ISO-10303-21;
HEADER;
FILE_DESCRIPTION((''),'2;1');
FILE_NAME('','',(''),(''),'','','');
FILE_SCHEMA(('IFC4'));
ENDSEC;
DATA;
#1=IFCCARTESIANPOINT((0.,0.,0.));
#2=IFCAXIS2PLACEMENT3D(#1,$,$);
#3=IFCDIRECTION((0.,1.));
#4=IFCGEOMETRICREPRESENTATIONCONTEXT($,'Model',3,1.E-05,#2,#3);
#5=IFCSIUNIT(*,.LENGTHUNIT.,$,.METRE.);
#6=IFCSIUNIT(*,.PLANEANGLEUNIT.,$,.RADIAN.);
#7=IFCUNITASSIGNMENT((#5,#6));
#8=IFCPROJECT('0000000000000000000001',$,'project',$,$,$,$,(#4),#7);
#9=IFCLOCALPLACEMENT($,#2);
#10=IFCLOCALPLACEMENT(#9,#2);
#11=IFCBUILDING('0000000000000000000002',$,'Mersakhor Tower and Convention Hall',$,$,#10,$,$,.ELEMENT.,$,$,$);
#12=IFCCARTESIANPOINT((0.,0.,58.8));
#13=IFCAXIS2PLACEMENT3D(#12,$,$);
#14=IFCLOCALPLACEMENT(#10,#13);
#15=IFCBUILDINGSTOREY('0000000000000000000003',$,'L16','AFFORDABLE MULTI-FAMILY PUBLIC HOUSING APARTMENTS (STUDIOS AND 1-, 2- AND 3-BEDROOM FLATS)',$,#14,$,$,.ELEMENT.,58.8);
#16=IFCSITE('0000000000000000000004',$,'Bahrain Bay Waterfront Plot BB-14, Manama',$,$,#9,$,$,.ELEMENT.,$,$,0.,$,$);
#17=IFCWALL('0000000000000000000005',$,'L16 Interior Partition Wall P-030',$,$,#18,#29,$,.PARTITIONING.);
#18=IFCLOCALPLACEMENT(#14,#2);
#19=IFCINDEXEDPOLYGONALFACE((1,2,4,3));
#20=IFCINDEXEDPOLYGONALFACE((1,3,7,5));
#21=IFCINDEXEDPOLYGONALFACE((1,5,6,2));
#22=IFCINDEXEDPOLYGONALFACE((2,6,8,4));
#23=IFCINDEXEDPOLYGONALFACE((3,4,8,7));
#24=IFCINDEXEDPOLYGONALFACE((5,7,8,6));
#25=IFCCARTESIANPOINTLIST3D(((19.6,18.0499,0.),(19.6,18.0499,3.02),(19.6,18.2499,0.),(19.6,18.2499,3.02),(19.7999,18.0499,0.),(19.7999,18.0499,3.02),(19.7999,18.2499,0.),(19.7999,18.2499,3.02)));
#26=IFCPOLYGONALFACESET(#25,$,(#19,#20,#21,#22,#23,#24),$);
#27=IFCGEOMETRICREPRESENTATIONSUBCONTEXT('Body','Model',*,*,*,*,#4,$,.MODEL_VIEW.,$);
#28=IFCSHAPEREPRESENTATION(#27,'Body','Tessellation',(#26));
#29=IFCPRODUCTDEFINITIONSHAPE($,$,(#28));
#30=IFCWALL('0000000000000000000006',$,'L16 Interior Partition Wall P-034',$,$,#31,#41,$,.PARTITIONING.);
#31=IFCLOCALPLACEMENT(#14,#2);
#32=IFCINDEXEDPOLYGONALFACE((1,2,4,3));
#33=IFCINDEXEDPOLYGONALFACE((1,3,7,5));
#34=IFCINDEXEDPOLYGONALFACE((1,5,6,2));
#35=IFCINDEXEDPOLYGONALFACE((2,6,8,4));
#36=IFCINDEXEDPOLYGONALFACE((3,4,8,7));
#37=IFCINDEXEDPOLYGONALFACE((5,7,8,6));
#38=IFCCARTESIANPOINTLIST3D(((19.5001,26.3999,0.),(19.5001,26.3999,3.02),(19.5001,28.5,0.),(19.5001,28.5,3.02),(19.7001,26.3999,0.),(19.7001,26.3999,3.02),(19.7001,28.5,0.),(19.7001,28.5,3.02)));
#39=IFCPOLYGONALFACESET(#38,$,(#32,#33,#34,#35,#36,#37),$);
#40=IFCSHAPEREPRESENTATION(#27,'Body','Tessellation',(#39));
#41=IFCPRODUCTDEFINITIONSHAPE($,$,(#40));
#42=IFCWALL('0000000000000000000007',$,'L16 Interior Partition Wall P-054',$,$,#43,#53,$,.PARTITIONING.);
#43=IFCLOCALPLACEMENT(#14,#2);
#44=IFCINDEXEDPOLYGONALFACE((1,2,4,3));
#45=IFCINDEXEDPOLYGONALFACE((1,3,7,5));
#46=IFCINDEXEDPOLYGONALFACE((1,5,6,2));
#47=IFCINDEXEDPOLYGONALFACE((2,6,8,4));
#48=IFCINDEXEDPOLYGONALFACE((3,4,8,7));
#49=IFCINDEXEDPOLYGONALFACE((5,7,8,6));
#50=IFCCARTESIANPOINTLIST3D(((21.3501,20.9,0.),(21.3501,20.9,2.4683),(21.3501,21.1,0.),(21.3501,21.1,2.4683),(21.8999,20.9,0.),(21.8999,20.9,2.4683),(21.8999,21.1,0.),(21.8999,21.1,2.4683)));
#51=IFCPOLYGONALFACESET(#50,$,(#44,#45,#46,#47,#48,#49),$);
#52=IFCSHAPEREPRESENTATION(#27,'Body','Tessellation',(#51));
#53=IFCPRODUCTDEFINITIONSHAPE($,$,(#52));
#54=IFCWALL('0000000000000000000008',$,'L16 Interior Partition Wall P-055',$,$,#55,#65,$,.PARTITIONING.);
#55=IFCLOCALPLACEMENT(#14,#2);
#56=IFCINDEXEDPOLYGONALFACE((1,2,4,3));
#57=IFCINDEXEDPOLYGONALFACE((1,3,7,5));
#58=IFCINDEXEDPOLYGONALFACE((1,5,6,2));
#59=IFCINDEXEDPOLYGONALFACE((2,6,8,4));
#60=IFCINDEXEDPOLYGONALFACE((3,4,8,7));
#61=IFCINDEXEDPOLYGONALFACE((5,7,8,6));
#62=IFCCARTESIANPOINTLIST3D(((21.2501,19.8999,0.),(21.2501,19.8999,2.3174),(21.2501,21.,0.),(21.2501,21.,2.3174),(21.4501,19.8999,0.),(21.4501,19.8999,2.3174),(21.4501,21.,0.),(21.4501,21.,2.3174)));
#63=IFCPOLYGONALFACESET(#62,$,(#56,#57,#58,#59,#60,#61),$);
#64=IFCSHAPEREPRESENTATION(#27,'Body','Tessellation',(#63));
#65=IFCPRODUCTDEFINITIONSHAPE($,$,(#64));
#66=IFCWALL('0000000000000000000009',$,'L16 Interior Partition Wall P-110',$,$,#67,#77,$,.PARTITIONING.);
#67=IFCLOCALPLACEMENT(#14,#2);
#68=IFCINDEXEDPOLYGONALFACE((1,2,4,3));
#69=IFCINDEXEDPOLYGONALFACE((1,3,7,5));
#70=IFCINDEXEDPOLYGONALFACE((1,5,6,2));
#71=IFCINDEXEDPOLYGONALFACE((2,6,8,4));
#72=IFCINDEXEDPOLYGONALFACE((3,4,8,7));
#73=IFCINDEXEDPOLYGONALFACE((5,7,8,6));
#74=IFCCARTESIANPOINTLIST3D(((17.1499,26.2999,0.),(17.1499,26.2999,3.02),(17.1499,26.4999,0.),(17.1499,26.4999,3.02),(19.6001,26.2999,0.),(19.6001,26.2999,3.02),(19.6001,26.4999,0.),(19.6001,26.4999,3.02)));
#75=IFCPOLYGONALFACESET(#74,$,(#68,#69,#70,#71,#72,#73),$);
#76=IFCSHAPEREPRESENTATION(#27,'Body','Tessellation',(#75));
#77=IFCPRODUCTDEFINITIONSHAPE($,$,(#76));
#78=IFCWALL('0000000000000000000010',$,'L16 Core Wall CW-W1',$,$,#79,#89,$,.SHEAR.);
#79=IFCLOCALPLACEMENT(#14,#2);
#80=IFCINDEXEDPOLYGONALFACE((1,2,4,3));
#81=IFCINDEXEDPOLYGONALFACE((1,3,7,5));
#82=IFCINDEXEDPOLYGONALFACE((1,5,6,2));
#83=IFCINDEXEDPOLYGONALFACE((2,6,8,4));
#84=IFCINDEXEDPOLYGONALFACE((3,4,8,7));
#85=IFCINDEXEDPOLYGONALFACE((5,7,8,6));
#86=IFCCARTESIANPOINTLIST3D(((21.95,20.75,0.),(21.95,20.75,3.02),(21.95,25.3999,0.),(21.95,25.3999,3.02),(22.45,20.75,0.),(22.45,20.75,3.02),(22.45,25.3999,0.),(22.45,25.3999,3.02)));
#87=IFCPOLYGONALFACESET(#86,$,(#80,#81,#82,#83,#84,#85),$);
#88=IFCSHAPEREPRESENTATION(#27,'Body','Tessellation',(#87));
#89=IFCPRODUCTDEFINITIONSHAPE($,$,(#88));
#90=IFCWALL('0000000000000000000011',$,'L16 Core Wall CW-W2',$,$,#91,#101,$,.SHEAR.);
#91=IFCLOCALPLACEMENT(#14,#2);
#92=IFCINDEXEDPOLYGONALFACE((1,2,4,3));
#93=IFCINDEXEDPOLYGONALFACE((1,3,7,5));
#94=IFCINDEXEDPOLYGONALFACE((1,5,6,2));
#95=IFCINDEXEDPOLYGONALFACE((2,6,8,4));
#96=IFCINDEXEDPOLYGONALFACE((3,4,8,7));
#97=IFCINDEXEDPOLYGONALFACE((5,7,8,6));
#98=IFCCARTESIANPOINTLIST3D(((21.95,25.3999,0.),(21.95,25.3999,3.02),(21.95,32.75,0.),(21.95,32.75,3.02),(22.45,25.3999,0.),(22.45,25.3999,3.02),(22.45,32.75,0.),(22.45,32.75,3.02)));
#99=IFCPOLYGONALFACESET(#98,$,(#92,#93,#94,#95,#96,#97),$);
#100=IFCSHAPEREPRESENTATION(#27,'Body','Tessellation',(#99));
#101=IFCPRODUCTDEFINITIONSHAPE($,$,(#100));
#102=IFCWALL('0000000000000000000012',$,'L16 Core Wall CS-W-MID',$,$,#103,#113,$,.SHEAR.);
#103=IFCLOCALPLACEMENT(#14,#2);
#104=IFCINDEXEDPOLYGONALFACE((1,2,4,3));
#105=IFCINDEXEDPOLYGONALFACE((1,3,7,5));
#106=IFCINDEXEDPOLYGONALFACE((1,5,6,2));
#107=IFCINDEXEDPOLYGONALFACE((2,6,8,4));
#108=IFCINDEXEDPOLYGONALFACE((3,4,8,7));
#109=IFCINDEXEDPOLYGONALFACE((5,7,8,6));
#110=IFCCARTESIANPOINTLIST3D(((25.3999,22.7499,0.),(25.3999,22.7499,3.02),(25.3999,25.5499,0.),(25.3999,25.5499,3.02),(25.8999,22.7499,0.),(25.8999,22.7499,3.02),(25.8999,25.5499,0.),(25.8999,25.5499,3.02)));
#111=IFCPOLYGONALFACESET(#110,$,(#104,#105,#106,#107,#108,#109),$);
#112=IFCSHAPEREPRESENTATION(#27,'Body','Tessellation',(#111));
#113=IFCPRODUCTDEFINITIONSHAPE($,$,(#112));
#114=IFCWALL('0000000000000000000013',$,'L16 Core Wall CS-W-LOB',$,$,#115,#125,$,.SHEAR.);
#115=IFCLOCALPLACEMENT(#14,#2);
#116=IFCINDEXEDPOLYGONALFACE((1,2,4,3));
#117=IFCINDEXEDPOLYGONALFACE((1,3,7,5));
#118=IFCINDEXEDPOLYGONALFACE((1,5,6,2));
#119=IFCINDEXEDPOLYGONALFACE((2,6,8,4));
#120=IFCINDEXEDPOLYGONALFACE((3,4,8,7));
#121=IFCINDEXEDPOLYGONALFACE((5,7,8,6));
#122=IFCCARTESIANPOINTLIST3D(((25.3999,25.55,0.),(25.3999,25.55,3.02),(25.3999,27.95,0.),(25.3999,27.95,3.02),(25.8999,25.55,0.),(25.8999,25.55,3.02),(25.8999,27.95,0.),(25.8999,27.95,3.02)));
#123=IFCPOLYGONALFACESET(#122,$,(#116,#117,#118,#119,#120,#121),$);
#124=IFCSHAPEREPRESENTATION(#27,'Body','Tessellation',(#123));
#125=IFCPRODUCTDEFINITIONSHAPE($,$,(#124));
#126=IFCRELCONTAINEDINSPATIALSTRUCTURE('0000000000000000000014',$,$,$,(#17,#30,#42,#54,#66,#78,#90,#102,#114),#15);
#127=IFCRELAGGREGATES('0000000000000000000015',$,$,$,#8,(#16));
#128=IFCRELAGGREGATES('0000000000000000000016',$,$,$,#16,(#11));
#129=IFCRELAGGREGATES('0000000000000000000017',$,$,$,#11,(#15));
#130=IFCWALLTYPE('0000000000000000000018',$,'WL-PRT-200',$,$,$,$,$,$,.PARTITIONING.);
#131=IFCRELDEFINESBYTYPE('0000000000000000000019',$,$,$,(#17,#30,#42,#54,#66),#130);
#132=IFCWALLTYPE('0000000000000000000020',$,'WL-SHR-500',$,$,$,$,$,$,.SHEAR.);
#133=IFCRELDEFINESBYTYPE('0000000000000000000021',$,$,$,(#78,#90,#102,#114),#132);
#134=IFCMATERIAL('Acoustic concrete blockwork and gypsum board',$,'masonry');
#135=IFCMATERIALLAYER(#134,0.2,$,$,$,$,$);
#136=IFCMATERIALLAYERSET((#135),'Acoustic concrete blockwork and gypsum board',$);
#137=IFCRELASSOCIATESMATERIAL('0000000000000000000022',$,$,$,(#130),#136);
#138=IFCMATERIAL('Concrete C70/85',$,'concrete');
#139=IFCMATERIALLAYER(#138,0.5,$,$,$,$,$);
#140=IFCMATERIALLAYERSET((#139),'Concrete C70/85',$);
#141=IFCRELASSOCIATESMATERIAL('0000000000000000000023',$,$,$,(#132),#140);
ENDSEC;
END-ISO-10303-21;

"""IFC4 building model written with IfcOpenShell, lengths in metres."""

from ifc_helpers import new_model, si_unit, direction, frame, frame_2d, origin, place, context, subcontext, project, spatial, rectangle, extrude, material, layer, layer_set, type_object, element, save


model = new_model("IFC4")

# Units and contexts
model_context = context("Model", 3, precision=1e-05, world=origin(), true_north=direction((0.0, 1.0)))
body_context = subcontext(model_context, "Body", "Model", "MODEL_VIEW")
ifc_project = project(units=[si_unit("LENGTHUNIT", "METRE"), si_unit("PLANEANGLEUNIT", "RADIAN")], contexts=[model_context])

# Site, building, storey
site_placement = place(None, origin())
site = spatial("IfcSite", under=ifc_project, at=site_placement, Name="Bahrain Bay Waterfront Plot BB-14, Manama", CompositionType="ELEMENT", RefElevation=0.0)
building_placement = place(site_placement, origin())
building = spatial("IfcBuilding", under=site, at=building_placement, Name="Mersakhor Tower and Convention Hall", CompositionType="ELEMENT")
storey_placement = place(building_placement, frame((0.0, 0.0, 58.8)))
storey = spatial("IfcBuildingStorey", under=building, at=storey_placement, Name="L16", Description="AFFORDABLE MULTI-FAMILY PUBLIC HOUSING APARTMENTS (STUDIOS AND 1-, 2- AND 3-BEDROOM FLATS)", CompositionType="ELEMENT", Elevation=58.8)

# Shared definitions
ifc_material_1 = material(Name="Acoustic concrete blockwork and gypsum board", Category="masonry")
ifc_layer_1 = layer(ifc_material_1, 0.2)
ifc_layer_set_1 = layer_set([ifc_layer_1], Name="Acoustic concrete blockwork and gypsum board")
wall_type_1 = type_object("IfcWallType", Name="WL-PRT-200", PredefinedType="PARTITIONING", material=ifc_layer_set_1)

# Walls
wall_1_placement = place(storey_placement, frame((19.8, 18.1499, 0.0), z_axis=(0.0, 0.0, 1.0), x_axis=(-1.0, 0.0, 0.0)))
element("IfcWall", 1, at=wall_1_placement, inside=storey, type_object=wall_type_1, Name="L16 Interior Partition Wall P-030", PredefinedType="PARTITIONING", context=body_context, shape_type="SweptSolid", body=[
    extrude(rectangle(XDim=0.2, YDim=0.2, at=frame_2d((0.1001, 0.0))), origin(), (0.0, 0.0, 1.0), 3.02),
])
wall_2_placement = place(storey_placement, frame((19.6001, 26.3999, 0.0), z_axis=(0.0, 0.0, 1.0), x_axis=(0.0, 1.0, 0.0)))
element("IfcWall", 2, at=wall_2_placement, inside=storey, type_object=wall_type_1, Name="L16 Interior Partition Wall P-034", PredefinedType="PARTITIONING", context=body_context, shape_type="SweptSolid", body=[
    extrude(rectangle(XDim=2.1001, YDim=0.2, at=frame_2d((1.05, 0.0))), origin(), (0.0, 0.0, 1.0), 3.02),
])
wall_3_placement = place(storey_placement, frame((21.8999, 21.0, 0.0), z_axis=(0.0, 0.0, 1.0), x_axis=(-1.0, 0.0, 0.0)))
element("IfcWall", 3, at=wall_3_placement, inside=storey, type_object=wall_type_1, Name="L16 Interior Partition Wall P-054", PredefinedType="PARTITIONING", context=body_context, shape_type="SweptSolid", body=[
    extrude(rectangle(XDim=0.5498, YDim=0.2, at=frame_2d((0.2749, 0.0))), origin(), (0.0, 0.0, 1.0), 2.4683),
])
wall_4_placement = place(storey_placement, frame((21.3501, 21.0, 0.0), z_axis=(0.0, 0.0, 1.0), x_axis=(0.0, -1.0, 0.0)))
element("IfcWall", 4, at=wall_4_placement, inside=storey, type_object=wall_type_1, Name="L16 Interior Partition Wall P-055", PredefinedType="PARTITIONING", context=body_context, shape_type="SweptSolid", body=[
    extrude(rectangle(XDim=1.1001, YDim=0.2, at=frame_2d((0.55, 0.0))), origin(), (0.0, 0.0, 1.0), 2.3174),
])
wall_5_placement = place(storey_placement, frame((19.6001, 26.3999, 0.0), z_axis=(0.0, 0.0, 1.0), x_axis=(-1.0, 0.0, 0.0)))
element("IfcWall", 5, at=wall_5_placement, inside=storey, type_object=wall_type_1, Name="L16 Interior Partition Wall P-110", PredefinedType="PARTITIONING", context=body_context, shape_type="SweptSolid", body=[
    extrude(rectangle(XDim=2.4502, YDim=0.2, at=frame_2d((1.2251, 0.0))), origin(), (0.0, 0.0, 1.0), 3.02),
])

# Walls
ifc_material_2 = material(Name="Concrete C70/85", Category="concrete")
ifc_layer_2 = layer(ifc_material_2, 0.5)
ifc_layer_set_2 = layer_set([ifc_layer_2], Name="Concrete C70/85")
wall_type_2 = type_object("IfcWallType", Name="WL-SHR-500", PredefinedType="SHEAR", material=ifc_layer_set_2)
wall_6_placement = place(storey_placement, frame((22.2, 20.75, 0.0), z_axis=(0.0, 0.0, 1.0), x_axis=(0.0, 1.0, 0.0)))
element("IfcWall", 6, at=wall_6_placement, inside=storey, type_object=wall_type_2, Name="L16 Core Wall CW-W1", PredefinedType="SHEAR", context=body_context, shape_type="SweptSolid", body=[
    extrude(rectangle(XDim=4.6499, YDim=0.5, at=frame_2d((2.325, 0.0))), origin(), (0.0, 0.0, 1.0), 3.02),
])
wall_7_placement = place(storey_placement, frame((22.2, 25.3999, 0.0), z_axis=(0.0, 0.0, 1.0), x_axis=(0.0, 1.0, 0.0)))
element("IfcWall", 7, at=wall_7_placement, inside=storey, type_object=wall_type_2, Name="L16 Core Wall CW-W2", PredefinedType="SHEAR", context=body_context, shape_type="SweptSolid", body=[
    extrude(rectangle(XDim=7.3501, YDim=0.5, at=frame_2d((3.675, 0.0))), origin(), (0.0, 0.0, 1.0), 3.02),
])

# Walls
wall_8_placement = place(storey_placement, frame((25.6499, 22.75, 0.0), z_axis=(0.0, 0.0, 1.0), x_axis=(0.0, 1.0, 0.0)))
element("IfcWall", 8, at=wall_8_placement, inside=storey, type_object=wall_type_2, Name="L16 Core Wall CS-W-MID", PredefinedType="SHEAR", context=body_context, shape_type="SweptSolid", body=[
    extrude(rectangle(XDim=2.8, YDim=0.5, at=frame_2d((1.3999, 0.0))), origin(), (0.0, 0.0, 1.0), 3.02),
])
wall_9_placement = place(storey_placement, frame((25.6499, 25.55, 0.0), z_axis=(0.0, 0.0, 1.0), x_axis=(0.0, 1.0, 0.0)))
element("IfcWall", 9, at=wall_9_placement, inside=storey, type_object=wall_type_2, Name="L16 Core Wall CS-W-LOB", PredefinedType="SHEAR", context=body_context, shape_type="SweptSolid", body=[
    extrude(rectangle(XDim=2.3999, YDim=0.5, at=frame_2d((1.2, 0.0))), origin(), (0.0, 0.0, 1.0), 3.02),
])

save(model, "model.ifc")
